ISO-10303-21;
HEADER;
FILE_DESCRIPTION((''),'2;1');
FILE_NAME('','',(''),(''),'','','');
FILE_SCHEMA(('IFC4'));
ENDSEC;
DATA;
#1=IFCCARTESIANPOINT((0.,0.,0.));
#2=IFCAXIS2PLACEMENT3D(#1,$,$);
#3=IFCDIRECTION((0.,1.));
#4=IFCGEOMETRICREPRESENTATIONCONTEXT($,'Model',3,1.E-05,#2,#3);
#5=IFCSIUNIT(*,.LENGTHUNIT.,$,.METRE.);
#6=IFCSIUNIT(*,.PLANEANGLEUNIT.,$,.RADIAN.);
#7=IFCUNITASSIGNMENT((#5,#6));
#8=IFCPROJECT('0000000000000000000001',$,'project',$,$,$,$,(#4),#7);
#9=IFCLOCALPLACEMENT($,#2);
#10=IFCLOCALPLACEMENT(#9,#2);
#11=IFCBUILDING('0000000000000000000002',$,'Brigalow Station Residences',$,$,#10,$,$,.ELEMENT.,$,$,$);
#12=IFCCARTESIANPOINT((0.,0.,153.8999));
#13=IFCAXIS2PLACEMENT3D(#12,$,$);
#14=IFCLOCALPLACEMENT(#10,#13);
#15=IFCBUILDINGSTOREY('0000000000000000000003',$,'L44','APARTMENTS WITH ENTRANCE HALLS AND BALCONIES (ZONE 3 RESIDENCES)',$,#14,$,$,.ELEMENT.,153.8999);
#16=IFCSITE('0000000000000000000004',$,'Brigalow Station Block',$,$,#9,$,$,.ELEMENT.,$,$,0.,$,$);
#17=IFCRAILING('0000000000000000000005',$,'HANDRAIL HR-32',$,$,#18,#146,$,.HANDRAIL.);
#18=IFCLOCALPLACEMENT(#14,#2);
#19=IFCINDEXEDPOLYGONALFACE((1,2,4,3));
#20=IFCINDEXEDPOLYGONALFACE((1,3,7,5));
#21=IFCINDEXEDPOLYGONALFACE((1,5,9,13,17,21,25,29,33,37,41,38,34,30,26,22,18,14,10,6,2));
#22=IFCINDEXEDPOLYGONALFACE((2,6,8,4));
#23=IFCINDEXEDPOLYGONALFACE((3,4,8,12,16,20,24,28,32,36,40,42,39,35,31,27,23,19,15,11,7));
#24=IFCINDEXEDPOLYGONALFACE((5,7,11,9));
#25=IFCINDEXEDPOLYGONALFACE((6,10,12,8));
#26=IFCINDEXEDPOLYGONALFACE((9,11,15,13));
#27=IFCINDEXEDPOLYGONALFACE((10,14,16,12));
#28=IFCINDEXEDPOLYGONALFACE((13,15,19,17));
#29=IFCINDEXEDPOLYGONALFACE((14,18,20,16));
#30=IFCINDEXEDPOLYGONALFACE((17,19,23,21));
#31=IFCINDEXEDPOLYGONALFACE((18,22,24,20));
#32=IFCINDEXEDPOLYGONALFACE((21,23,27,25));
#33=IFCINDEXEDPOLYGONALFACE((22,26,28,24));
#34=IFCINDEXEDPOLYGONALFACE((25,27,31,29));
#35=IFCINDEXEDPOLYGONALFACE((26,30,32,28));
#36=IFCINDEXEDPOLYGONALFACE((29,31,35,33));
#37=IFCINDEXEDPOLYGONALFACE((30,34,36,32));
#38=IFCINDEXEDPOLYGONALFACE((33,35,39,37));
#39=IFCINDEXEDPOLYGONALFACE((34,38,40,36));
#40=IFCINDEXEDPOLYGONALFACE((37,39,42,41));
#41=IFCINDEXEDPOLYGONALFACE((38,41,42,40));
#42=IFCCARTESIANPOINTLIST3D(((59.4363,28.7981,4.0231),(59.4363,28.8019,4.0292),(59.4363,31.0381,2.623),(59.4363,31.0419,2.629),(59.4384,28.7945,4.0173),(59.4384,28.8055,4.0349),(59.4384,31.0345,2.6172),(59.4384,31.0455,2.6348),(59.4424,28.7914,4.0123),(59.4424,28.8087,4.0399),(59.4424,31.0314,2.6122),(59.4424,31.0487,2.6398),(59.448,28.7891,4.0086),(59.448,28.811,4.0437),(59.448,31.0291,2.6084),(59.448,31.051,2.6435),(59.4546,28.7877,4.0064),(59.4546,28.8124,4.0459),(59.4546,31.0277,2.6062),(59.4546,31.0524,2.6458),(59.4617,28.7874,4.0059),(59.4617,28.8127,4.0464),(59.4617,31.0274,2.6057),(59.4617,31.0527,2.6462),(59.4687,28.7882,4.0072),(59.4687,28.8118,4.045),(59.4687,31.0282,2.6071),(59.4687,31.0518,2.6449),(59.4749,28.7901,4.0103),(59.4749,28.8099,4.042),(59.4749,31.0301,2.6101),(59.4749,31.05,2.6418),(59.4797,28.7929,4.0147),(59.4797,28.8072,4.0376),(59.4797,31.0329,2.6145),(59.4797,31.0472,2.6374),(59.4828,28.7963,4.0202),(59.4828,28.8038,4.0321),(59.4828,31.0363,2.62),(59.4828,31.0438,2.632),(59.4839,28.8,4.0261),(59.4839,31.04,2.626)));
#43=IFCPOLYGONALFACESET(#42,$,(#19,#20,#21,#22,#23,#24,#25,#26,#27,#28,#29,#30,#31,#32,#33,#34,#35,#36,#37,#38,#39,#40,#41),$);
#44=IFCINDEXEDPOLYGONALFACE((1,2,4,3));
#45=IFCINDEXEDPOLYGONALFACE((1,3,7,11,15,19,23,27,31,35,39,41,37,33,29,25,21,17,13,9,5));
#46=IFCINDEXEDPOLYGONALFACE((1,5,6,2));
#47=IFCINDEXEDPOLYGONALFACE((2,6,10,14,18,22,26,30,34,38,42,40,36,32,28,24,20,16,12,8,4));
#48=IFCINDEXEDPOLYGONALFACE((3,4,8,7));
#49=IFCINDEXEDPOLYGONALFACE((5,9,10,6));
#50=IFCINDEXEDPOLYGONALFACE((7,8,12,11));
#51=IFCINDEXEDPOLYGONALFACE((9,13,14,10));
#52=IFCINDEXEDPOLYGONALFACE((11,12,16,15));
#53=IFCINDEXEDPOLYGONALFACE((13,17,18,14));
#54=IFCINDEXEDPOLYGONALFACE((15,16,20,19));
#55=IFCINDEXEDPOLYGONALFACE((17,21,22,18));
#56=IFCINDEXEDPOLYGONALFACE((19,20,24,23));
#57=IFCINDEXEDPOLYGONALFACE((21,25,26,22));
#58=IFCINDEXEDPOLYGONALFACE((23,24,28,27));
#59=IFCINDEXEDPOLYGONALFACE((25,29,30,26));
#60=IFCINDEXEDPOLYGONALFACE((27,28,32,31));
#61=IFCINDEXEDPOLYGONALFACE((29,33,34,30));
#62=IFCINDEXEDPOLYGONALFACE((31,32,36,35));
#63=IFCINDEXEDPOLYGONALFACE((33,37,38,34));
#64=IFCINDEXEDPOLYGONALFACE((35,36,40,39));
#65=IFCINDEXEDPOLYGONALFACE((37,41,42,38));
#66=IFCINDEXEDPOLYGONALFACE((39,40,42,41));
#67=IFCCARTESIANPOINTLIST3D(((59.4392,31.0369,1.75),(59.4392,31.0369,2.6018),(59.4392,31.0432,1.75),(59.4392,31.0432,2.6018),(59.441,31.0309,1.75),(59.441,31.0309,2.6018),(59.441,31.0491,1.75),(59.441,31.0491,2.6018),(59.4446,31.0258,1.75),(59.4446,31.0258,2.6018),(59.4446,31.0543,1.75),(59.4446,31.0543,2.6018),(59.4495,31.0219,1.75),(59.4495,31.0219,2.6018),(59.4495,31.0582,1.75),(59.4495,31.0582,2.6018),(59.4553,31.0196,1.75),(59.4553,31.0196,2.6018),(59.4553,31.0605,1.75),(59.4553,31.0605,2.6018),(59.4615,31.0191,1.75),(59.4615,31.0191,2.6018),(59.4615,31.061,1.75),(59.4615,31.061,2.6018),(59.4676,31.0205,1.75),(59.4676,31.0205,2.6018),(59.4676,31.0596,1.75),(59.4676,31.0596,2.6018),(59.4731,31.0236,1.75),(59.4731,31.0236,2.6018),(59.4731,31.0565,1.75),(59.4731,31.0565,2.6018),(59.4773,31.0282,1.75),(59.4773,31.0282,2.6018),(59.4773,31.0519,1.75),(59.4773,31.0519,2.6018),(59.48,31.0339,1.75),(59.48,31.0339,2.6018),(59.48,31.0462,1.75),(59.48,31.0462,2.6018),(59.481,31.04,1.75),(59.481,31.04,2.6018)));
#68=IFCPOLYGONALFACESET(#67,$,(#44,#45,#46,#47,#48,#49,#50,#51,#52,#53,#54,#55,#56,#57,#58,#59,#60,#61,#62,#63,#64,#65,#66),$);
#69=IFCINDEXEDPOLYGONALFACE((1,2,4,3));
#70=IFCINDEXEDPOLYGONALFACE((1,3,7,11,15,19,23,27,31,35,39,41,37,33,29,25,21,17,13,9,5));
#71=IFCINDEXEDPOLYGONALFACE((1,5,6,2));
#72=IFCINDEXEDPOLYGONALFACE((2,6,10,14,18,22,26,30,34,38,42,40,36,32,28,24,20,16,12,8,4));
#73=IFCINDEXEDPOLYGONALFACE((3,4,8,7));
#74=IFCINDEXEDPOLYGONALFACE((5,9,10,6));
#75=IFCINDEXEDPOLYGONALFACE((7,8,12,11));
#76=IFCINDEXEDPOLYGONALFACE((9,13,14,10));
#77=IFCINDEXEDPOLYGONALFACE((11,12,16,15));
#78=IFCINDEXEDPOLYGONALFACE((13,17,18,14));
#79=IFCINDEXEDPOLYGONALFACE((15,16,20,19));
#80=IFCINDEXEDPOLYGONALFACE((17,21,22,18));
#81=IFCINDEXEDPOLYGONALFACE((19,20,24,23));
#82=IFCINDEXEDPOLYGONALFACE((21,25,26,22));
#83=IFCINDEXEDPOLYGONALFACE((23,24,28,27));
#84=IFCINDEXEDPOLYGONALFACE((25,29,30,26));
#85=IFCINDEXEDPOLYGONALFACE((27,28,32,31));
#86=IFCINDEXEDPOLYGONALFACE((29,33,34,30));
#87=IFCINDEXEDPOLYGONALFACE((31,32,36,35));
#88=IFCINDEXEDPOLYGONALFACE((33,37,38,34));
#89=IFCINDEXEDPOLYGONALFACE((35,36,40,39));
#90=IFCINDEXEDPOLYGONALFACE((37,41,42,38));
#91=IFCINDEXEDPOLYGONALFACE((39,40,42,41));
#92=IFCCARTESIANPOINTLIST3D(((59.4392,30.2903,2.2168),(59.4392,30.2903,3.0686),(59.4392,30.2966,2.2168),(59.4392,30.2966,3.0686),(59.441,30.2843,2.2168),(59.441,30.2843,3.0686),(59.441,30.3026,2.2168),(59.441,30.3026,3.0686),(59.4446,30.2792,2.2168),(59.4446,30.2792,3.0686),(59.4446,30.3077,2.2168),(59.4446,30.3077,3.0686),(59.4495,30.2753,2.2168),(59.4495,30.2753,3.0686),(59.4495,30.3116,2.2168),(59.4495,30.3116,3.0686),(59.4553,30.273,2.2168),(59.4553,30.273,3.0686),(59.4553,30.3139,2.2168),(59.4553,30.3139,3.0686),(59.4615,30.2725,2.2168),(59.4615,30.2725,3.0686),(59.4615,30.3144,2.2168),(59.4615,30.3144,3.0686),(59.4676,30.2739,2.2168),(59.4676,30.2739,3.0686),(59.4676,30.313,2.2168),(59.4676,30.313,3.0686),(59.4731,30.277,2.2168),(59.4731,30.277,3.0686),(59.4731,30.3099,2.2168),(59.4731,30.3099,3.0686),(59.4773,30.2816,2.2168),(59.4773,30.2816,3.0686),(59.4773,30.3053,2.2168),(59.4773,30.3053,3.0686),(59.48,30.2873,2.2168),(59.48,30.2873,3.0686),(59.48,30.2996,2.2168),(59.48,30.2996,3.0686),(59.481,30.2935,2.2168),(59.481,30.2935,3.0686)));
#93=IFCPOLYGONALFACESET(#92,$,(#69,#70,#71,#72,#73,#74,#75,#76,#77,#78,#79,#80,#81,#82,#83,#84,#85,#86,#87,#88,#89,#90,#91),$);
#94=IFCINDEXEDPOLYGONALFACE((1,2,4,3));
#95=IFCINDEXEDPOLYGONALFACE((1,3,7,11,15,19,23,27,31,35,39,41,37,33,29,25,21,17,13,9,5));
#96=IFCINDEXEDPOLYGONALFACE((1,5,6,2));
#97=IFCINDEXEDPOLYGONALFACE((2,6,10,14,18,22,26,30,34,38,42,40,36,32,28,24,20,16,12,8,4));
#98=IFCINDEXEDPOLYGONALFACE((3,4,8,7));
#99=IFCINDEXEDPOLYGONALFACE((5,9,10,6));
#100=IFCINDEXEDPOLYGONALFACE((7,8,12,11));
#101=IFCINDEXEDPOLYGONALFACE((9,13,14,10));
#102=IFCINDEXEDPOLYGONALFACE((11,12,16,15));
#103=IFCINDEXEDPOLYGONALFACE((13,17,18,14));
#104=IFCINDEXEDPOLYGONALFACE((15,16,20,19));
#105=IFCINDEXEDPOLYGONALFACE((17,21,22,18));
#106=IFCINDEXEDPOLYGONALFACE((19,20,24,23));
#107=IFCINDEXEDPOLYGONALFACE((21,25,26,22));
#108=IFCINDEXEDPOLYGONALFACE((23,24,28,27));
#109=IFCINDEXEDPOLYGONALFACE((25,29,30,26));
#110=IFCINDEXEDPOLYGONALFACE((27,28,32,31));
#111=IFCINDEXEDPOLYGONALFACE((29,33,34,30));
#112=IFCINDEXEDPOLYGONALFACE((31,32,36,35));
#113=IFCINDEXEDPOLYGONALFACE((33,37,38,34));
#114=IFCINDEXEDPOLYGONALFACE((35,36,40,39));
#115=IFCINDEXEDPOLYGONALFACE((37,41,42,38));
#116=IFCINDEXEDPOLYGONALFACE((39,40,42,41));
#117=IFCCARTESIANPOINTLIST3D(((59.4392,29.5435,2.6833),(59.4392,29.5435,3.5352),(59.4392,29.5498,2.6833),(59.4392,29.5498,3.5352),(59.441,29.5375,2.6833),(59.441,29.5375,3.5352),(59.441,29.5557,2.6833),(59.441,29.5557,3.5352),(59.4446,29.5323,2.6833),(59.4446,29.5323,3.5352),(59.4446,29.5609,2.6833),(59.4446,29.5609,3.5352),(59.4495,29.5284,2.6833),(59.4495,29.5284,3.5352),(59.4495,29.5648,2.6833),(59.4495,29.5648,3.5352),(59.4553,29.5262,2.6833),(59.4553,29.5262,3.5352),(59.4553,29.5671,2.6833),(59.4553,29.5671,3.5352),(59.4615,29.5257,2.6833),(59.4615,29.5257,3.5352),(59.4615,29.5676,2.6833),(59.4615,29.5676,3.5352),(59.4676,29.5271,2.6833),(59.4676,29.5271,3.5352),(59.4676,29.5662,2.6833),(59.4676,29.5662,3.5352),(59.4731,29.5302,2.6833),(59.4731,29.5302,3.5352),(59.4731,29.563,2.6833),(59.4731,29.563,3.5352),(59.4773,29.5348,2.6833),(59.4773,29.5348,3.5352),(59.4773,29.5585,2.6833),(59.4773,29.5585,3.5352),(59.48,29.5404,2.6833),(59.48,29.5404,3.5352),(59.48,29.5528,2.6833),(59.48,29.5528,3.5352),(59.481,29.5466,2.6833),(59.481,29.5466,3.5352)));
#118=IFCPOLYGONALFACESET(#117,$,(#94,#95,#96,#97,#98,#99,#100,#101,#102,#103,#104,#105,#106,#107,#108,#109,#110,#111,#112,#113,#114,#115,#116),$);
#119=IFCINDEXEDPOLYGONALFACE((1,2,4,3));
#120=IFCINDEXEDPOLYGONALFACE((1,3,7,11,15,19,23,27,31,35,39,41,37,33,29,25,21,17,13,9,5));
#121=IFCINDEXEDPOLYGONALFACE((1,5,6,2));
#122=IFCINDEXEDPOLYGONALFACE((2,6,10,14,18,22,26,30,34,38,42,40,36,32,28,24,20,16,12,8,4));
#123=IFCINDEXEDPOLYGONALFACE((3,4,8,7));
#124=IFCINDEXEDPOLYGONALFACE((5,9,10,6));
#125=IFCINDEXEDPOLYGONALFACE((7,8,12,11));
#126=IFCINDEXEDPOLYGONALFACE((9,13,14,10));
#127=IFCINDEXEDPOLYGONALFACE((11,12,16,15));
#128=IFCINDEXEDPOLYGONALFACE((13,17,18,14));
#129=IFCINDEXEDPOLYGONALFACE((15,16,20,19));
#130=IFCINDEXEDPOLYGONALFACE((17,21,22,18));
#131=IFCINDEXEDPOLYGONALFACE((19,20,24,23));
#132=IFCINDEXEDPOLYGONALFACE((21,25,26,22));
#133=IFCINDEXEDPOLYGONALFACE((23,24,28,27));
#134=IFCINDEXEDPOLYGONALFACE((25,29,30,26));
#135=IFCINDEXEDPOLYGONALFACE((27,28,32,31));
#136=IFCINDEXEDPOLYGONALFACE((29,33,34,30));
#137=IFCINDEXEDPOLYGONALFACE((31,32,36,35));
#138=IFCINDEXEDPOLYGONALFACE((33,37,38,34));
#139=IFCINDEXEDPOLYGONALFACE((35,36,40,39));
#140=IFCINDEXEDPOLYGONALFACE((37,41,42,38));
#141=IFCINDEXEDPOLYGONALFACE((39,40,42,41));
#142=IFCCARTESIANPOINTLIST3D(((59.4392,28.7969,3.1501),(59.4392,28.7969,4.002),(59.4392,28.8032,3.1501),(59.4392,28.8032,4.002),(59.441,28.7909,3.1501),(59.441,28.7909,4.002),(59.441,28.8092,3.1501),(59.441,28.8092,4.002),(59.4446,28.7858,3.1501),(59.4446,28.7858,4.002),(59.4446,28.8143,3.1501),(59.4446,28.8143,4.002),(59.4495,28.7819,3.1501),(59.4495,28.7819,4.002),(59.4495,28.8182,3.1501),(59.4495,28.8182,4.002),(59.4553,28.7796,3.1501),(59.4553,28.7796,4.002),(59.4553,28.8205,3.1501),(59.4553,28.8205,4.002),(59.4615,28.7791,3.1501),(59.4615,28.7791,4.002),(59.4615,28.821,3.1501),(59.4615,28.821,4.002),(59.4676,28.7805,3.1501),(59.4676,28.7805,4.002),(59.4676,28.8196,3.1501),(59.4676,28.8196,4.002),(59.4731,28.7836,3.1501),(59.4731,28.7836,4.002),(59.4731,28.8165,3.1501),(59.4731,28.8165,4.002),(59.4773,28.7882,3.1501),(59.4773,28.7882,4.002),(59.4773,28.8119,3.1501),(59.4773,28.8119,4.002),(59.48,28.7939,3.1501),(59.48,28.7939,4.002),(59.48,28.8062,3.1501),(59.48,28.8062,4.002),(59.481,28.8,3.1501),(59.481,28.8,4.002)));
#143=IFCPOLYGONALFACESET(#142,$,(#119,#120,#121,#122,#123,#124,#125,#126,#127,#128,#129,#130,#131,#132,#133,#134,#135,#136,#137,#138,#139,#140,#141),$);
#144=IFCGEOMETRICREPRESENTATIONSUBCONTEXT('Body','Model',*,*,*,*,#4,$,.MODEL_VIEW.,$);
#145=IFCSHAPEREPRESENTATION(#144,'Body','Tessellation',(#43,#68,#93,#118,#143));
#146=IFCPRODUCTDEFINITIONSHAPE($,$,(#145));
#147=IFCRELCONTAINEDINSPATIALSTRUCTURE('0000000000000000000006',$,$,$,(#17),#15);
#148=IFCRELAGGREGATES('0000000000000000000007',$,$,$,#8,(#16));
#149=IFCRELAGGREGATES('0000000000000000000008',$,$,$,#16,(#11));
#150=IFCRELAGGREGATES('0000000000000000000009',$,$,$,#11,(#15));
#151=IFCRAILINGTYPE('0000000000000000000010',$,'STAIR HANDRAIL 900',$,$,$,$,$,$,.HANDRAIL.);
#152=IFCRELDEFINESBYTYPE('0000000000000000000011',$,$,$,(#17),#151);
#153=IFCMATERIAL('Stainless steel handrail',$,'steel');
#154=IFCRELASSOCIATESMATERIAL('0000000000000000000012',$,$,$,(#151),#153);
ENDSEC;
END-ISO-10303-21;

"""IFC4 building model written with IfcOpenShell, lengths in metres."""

from ifc_helpers import new_model, si_unit, direction, frame, origin, origin_2d, place, context, subcontext, project, spatial, circle, extrude, material, type_object, element, save


model = new_model("IFC4")

# Units and contexts
model_context = context("Model", 3, precision=1e-05, world=origin(), true_north=direction((0.0, 1.0)))
body_context = subcontext(model_context, "Body", "Model", "MODEL_VIEW")
ifc_project = project(units=[si_unit("LENGTHUNIT", "METRE"), si_unit("PLANEANGLEUNIT", "RADIAN")], contexts=[model_context])

# Site, building, storey
site_placement = place(None, origin())
site = spatial("IfcSite", under=ifc_project, at=site_placement, Name="Brigalow Station Block", CompositionType="ELEMENT", RefElevation=0.0)
building_placement = place(site_placement, origin())
building = spatial("IfcBuilding", under=site, at=building_placement, Name="Brigalow Station Residences", CompositionType="ELEMENT")
storey_placement = place(building_placement, frame((0.0, 0.0, 153.8999)))
storey = spatial("IfcBuildingStorey", under=building, at=storey_placement, Name="L44", Description="APARTMENTS WITH ENTRANCE HALLS AND BALCONIES (ZONE 3 RESIDENCES)", CompositionType="ELEMENT", Elevation=153.8999)

# Railing
ifc_material_1 = material(Name="Stainless steel handrail", Category="steel")
railing_type_1 = type_object("IfcRailingType", Name="STAIR HANDRAIL 900", PredefinedType="HANDRAIL", material=ifc_material_1)
railing_1_placement = place(storey_placement, frame((59.46, 31.04, 1.75)))
element("IfcRailing", 1, at=railing_1_placement, inside=storey, type_object=railing_type_1, Name="HANDRAIL HR-32", PredefinedType="HANDRAIL", context=body_context, shape_type="SweptSolid", body=[
    extrude(circle(Radius=0.0239, at=origin_2d()), frame((0.0, 0.0, 0.876), z_axis=(0.0, -0.847972, 0.53004), x_axis=(1.0, 0.0, 0.0)), (0.0, 0.0, 1.0), 2.6416),
    extrude(circle(Radius=0.021, at=origin_2d()), origin(), (0.0, 0.0, 1.0), 0.8518),
    extrude(circle(Radius=0.021, at=origin_2d()), frame((0.0, -0.7466, 0.4668)), (0.0, 0.0, 1.0), 0.8518),
    extrude(circle(Radius=0.021, at=origin_2d()), frame((0.0, -1.4934, 0.9333)), (0.0, 0.0, 1.0), 0.8518),
    extrude(circle(Radius=0.021, at=origin_2d()), frame((0.0, -2.24, 1.4001)), (0.0, 0.0, 1.0), 0.8518),
])

save(model, "model.ifc")
